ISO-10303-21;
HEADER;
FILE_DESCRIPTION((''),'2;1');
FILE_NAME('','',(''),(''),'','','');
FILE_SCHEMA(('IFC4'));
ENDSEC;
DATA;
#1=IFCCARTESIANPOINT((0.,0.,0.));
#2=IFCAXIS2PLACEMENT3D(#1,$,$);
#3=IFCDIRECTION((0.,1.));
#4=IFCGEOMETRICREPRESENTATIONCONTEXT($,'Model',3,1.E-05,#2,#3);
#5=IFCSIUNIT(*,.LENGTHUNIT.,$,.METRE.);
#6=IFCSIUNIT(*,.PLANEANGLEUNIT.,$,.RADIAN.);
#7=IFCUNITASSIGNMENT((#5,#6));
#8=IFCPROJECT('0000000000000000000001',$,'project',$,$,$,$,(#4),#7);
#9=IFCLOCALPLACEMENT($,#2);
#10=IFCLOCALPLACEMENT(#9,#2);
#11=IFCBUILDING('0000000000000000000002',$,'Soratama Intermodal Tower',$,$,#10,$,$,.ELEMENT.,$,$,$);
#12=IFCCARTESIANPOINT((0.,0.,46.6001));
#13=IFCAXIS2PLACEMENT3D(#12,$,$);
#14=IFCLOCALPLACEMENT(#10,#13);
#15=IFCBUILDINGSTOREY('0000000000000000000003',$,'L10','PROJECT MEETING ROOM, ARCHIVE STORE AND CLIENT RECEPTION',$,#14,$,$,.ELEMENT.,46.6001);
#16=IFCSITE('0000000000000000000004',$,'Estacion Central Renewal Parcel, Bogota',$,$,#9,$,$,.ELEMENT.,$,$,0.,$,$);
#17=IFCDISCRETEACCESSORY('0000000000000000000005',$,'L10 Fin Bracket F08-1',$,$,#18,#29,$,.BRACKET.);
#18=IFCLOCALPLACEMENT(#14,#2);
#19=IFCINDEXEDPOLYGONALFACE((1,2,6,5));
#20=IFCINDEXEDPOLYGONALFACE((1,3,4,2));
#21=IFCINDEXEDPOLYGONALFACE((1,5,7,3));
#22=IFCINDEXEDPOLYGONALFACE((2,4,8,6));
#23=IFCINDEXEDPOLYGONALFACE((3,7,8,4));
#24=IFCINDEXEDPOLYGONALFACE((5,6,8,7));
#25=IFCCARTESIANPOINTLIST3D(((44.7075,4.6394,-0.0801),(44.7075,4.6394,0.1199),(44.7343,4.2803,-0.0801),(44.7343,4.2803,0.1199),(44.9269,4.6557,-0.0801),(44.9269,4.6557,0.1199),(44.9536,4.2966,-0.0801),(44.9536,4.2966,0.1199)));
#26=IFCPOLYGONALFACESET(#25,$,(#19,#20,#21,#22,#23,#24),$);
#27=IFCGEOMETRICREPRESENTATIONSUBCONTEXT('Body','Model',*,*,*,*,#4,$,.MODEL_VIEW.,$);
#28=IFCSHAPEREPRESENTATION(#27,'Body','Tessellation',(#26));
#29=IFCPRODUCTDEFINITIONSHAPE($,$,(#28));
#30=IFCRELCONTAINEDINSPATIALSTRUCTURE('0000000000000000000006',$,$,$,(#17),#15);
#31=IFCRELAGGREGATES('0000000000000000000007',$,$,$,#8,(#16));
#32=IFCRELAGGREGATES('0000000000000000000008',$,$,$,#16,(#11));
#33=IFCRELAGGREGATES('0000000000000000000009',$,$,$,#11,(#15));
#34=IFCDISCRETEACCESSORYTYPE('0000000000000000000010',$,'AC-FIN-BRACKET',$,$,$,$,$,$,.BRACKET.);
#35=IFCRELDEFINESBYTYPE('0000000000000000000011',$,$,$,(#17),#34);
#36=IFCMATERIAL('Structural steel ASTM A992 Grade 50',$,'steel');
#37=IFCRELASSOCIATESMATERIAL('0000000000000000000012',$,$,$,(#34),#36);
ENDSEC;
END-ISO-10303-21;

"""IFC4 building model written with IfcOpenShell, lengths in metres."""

from ifc_helpers import new_model, si_unit, direction, frame, origin, origin_2d, place, context, subcontext, project, spatial, rectangle, extrude, material, type_object, element, save


model = new_model("IFC4")

# Units and contexts
model_context = context("Model", 3, precision=1e-05, world=origin(), true_north=direction((0.0, 1.0)))
body_context = subcontext(model_context, "Body", "Model", "MODEL_VIEW")
ifc_project = project(units=[si_unit("LENGTHUNIT", "METRE"), si_unit("PLANEANGLEUNIT", "RADIAN")], contexts=[model_context])

# Site, building, storey
site_placement = place(None, origin())
site = spatial("IfcSite", under=ifc_project, at=site_placement, Name="Estacion Central Renewal Parcel, Bogota", CompositionType="ELEMENT", RefElevation=0.0)
building_placement = place(site_placement, origin())
building = spatial("IfcBuilding", under=site, at=building_placement, Name="Soratama Intermodal Tower", CompositionType="ELEMENT")
storey_placement = place(building_placement, frame((0.0, 0.0, 46.6001)))
storey = spatial("IfcBuildingStorey", under=building, at=storey_placement, Name="L10", Description="PROJECT MEETING ROOM, ARCHIVE STORE AND CLIENT RECEPTION", CompositionType="ELEMENT", Elevation=46.6001)

# Discrete accessory
ifc_material_1 = material(Name="Structural steel ASTM A992 Grade 50", Category="steel")
discrete_accessory_type = type_object("IfcDiscreteAccessoryType", Name="AC-FIN-BRACKET", PredefinedType="BRACKET", material=ifc_material_1)
discrete_accessory_placement = place(storey_placement, frame((44.8306, 4.468, -0.0801), z_axis=(0.0, 0.0, 1.0), x_axis=(0.074283, -0.997237, 0.0)))
element("IfcDiscreteAccessory", 1, at=discrete_accessory_placement, inside=storey, type_object=discrete_accessory_type, Name="L10 Fin Bracket F08-1", PredefinedType="BRACKET", context=body_context, shape_type="SweptSolid", body=[
    extrude(rectangle(XDim=0.3601, YDim=0.22, at=origin_2d()), origin(), (0.0, 0.0, 1.0), 0.2),
])

save(model, "model.ifc")
